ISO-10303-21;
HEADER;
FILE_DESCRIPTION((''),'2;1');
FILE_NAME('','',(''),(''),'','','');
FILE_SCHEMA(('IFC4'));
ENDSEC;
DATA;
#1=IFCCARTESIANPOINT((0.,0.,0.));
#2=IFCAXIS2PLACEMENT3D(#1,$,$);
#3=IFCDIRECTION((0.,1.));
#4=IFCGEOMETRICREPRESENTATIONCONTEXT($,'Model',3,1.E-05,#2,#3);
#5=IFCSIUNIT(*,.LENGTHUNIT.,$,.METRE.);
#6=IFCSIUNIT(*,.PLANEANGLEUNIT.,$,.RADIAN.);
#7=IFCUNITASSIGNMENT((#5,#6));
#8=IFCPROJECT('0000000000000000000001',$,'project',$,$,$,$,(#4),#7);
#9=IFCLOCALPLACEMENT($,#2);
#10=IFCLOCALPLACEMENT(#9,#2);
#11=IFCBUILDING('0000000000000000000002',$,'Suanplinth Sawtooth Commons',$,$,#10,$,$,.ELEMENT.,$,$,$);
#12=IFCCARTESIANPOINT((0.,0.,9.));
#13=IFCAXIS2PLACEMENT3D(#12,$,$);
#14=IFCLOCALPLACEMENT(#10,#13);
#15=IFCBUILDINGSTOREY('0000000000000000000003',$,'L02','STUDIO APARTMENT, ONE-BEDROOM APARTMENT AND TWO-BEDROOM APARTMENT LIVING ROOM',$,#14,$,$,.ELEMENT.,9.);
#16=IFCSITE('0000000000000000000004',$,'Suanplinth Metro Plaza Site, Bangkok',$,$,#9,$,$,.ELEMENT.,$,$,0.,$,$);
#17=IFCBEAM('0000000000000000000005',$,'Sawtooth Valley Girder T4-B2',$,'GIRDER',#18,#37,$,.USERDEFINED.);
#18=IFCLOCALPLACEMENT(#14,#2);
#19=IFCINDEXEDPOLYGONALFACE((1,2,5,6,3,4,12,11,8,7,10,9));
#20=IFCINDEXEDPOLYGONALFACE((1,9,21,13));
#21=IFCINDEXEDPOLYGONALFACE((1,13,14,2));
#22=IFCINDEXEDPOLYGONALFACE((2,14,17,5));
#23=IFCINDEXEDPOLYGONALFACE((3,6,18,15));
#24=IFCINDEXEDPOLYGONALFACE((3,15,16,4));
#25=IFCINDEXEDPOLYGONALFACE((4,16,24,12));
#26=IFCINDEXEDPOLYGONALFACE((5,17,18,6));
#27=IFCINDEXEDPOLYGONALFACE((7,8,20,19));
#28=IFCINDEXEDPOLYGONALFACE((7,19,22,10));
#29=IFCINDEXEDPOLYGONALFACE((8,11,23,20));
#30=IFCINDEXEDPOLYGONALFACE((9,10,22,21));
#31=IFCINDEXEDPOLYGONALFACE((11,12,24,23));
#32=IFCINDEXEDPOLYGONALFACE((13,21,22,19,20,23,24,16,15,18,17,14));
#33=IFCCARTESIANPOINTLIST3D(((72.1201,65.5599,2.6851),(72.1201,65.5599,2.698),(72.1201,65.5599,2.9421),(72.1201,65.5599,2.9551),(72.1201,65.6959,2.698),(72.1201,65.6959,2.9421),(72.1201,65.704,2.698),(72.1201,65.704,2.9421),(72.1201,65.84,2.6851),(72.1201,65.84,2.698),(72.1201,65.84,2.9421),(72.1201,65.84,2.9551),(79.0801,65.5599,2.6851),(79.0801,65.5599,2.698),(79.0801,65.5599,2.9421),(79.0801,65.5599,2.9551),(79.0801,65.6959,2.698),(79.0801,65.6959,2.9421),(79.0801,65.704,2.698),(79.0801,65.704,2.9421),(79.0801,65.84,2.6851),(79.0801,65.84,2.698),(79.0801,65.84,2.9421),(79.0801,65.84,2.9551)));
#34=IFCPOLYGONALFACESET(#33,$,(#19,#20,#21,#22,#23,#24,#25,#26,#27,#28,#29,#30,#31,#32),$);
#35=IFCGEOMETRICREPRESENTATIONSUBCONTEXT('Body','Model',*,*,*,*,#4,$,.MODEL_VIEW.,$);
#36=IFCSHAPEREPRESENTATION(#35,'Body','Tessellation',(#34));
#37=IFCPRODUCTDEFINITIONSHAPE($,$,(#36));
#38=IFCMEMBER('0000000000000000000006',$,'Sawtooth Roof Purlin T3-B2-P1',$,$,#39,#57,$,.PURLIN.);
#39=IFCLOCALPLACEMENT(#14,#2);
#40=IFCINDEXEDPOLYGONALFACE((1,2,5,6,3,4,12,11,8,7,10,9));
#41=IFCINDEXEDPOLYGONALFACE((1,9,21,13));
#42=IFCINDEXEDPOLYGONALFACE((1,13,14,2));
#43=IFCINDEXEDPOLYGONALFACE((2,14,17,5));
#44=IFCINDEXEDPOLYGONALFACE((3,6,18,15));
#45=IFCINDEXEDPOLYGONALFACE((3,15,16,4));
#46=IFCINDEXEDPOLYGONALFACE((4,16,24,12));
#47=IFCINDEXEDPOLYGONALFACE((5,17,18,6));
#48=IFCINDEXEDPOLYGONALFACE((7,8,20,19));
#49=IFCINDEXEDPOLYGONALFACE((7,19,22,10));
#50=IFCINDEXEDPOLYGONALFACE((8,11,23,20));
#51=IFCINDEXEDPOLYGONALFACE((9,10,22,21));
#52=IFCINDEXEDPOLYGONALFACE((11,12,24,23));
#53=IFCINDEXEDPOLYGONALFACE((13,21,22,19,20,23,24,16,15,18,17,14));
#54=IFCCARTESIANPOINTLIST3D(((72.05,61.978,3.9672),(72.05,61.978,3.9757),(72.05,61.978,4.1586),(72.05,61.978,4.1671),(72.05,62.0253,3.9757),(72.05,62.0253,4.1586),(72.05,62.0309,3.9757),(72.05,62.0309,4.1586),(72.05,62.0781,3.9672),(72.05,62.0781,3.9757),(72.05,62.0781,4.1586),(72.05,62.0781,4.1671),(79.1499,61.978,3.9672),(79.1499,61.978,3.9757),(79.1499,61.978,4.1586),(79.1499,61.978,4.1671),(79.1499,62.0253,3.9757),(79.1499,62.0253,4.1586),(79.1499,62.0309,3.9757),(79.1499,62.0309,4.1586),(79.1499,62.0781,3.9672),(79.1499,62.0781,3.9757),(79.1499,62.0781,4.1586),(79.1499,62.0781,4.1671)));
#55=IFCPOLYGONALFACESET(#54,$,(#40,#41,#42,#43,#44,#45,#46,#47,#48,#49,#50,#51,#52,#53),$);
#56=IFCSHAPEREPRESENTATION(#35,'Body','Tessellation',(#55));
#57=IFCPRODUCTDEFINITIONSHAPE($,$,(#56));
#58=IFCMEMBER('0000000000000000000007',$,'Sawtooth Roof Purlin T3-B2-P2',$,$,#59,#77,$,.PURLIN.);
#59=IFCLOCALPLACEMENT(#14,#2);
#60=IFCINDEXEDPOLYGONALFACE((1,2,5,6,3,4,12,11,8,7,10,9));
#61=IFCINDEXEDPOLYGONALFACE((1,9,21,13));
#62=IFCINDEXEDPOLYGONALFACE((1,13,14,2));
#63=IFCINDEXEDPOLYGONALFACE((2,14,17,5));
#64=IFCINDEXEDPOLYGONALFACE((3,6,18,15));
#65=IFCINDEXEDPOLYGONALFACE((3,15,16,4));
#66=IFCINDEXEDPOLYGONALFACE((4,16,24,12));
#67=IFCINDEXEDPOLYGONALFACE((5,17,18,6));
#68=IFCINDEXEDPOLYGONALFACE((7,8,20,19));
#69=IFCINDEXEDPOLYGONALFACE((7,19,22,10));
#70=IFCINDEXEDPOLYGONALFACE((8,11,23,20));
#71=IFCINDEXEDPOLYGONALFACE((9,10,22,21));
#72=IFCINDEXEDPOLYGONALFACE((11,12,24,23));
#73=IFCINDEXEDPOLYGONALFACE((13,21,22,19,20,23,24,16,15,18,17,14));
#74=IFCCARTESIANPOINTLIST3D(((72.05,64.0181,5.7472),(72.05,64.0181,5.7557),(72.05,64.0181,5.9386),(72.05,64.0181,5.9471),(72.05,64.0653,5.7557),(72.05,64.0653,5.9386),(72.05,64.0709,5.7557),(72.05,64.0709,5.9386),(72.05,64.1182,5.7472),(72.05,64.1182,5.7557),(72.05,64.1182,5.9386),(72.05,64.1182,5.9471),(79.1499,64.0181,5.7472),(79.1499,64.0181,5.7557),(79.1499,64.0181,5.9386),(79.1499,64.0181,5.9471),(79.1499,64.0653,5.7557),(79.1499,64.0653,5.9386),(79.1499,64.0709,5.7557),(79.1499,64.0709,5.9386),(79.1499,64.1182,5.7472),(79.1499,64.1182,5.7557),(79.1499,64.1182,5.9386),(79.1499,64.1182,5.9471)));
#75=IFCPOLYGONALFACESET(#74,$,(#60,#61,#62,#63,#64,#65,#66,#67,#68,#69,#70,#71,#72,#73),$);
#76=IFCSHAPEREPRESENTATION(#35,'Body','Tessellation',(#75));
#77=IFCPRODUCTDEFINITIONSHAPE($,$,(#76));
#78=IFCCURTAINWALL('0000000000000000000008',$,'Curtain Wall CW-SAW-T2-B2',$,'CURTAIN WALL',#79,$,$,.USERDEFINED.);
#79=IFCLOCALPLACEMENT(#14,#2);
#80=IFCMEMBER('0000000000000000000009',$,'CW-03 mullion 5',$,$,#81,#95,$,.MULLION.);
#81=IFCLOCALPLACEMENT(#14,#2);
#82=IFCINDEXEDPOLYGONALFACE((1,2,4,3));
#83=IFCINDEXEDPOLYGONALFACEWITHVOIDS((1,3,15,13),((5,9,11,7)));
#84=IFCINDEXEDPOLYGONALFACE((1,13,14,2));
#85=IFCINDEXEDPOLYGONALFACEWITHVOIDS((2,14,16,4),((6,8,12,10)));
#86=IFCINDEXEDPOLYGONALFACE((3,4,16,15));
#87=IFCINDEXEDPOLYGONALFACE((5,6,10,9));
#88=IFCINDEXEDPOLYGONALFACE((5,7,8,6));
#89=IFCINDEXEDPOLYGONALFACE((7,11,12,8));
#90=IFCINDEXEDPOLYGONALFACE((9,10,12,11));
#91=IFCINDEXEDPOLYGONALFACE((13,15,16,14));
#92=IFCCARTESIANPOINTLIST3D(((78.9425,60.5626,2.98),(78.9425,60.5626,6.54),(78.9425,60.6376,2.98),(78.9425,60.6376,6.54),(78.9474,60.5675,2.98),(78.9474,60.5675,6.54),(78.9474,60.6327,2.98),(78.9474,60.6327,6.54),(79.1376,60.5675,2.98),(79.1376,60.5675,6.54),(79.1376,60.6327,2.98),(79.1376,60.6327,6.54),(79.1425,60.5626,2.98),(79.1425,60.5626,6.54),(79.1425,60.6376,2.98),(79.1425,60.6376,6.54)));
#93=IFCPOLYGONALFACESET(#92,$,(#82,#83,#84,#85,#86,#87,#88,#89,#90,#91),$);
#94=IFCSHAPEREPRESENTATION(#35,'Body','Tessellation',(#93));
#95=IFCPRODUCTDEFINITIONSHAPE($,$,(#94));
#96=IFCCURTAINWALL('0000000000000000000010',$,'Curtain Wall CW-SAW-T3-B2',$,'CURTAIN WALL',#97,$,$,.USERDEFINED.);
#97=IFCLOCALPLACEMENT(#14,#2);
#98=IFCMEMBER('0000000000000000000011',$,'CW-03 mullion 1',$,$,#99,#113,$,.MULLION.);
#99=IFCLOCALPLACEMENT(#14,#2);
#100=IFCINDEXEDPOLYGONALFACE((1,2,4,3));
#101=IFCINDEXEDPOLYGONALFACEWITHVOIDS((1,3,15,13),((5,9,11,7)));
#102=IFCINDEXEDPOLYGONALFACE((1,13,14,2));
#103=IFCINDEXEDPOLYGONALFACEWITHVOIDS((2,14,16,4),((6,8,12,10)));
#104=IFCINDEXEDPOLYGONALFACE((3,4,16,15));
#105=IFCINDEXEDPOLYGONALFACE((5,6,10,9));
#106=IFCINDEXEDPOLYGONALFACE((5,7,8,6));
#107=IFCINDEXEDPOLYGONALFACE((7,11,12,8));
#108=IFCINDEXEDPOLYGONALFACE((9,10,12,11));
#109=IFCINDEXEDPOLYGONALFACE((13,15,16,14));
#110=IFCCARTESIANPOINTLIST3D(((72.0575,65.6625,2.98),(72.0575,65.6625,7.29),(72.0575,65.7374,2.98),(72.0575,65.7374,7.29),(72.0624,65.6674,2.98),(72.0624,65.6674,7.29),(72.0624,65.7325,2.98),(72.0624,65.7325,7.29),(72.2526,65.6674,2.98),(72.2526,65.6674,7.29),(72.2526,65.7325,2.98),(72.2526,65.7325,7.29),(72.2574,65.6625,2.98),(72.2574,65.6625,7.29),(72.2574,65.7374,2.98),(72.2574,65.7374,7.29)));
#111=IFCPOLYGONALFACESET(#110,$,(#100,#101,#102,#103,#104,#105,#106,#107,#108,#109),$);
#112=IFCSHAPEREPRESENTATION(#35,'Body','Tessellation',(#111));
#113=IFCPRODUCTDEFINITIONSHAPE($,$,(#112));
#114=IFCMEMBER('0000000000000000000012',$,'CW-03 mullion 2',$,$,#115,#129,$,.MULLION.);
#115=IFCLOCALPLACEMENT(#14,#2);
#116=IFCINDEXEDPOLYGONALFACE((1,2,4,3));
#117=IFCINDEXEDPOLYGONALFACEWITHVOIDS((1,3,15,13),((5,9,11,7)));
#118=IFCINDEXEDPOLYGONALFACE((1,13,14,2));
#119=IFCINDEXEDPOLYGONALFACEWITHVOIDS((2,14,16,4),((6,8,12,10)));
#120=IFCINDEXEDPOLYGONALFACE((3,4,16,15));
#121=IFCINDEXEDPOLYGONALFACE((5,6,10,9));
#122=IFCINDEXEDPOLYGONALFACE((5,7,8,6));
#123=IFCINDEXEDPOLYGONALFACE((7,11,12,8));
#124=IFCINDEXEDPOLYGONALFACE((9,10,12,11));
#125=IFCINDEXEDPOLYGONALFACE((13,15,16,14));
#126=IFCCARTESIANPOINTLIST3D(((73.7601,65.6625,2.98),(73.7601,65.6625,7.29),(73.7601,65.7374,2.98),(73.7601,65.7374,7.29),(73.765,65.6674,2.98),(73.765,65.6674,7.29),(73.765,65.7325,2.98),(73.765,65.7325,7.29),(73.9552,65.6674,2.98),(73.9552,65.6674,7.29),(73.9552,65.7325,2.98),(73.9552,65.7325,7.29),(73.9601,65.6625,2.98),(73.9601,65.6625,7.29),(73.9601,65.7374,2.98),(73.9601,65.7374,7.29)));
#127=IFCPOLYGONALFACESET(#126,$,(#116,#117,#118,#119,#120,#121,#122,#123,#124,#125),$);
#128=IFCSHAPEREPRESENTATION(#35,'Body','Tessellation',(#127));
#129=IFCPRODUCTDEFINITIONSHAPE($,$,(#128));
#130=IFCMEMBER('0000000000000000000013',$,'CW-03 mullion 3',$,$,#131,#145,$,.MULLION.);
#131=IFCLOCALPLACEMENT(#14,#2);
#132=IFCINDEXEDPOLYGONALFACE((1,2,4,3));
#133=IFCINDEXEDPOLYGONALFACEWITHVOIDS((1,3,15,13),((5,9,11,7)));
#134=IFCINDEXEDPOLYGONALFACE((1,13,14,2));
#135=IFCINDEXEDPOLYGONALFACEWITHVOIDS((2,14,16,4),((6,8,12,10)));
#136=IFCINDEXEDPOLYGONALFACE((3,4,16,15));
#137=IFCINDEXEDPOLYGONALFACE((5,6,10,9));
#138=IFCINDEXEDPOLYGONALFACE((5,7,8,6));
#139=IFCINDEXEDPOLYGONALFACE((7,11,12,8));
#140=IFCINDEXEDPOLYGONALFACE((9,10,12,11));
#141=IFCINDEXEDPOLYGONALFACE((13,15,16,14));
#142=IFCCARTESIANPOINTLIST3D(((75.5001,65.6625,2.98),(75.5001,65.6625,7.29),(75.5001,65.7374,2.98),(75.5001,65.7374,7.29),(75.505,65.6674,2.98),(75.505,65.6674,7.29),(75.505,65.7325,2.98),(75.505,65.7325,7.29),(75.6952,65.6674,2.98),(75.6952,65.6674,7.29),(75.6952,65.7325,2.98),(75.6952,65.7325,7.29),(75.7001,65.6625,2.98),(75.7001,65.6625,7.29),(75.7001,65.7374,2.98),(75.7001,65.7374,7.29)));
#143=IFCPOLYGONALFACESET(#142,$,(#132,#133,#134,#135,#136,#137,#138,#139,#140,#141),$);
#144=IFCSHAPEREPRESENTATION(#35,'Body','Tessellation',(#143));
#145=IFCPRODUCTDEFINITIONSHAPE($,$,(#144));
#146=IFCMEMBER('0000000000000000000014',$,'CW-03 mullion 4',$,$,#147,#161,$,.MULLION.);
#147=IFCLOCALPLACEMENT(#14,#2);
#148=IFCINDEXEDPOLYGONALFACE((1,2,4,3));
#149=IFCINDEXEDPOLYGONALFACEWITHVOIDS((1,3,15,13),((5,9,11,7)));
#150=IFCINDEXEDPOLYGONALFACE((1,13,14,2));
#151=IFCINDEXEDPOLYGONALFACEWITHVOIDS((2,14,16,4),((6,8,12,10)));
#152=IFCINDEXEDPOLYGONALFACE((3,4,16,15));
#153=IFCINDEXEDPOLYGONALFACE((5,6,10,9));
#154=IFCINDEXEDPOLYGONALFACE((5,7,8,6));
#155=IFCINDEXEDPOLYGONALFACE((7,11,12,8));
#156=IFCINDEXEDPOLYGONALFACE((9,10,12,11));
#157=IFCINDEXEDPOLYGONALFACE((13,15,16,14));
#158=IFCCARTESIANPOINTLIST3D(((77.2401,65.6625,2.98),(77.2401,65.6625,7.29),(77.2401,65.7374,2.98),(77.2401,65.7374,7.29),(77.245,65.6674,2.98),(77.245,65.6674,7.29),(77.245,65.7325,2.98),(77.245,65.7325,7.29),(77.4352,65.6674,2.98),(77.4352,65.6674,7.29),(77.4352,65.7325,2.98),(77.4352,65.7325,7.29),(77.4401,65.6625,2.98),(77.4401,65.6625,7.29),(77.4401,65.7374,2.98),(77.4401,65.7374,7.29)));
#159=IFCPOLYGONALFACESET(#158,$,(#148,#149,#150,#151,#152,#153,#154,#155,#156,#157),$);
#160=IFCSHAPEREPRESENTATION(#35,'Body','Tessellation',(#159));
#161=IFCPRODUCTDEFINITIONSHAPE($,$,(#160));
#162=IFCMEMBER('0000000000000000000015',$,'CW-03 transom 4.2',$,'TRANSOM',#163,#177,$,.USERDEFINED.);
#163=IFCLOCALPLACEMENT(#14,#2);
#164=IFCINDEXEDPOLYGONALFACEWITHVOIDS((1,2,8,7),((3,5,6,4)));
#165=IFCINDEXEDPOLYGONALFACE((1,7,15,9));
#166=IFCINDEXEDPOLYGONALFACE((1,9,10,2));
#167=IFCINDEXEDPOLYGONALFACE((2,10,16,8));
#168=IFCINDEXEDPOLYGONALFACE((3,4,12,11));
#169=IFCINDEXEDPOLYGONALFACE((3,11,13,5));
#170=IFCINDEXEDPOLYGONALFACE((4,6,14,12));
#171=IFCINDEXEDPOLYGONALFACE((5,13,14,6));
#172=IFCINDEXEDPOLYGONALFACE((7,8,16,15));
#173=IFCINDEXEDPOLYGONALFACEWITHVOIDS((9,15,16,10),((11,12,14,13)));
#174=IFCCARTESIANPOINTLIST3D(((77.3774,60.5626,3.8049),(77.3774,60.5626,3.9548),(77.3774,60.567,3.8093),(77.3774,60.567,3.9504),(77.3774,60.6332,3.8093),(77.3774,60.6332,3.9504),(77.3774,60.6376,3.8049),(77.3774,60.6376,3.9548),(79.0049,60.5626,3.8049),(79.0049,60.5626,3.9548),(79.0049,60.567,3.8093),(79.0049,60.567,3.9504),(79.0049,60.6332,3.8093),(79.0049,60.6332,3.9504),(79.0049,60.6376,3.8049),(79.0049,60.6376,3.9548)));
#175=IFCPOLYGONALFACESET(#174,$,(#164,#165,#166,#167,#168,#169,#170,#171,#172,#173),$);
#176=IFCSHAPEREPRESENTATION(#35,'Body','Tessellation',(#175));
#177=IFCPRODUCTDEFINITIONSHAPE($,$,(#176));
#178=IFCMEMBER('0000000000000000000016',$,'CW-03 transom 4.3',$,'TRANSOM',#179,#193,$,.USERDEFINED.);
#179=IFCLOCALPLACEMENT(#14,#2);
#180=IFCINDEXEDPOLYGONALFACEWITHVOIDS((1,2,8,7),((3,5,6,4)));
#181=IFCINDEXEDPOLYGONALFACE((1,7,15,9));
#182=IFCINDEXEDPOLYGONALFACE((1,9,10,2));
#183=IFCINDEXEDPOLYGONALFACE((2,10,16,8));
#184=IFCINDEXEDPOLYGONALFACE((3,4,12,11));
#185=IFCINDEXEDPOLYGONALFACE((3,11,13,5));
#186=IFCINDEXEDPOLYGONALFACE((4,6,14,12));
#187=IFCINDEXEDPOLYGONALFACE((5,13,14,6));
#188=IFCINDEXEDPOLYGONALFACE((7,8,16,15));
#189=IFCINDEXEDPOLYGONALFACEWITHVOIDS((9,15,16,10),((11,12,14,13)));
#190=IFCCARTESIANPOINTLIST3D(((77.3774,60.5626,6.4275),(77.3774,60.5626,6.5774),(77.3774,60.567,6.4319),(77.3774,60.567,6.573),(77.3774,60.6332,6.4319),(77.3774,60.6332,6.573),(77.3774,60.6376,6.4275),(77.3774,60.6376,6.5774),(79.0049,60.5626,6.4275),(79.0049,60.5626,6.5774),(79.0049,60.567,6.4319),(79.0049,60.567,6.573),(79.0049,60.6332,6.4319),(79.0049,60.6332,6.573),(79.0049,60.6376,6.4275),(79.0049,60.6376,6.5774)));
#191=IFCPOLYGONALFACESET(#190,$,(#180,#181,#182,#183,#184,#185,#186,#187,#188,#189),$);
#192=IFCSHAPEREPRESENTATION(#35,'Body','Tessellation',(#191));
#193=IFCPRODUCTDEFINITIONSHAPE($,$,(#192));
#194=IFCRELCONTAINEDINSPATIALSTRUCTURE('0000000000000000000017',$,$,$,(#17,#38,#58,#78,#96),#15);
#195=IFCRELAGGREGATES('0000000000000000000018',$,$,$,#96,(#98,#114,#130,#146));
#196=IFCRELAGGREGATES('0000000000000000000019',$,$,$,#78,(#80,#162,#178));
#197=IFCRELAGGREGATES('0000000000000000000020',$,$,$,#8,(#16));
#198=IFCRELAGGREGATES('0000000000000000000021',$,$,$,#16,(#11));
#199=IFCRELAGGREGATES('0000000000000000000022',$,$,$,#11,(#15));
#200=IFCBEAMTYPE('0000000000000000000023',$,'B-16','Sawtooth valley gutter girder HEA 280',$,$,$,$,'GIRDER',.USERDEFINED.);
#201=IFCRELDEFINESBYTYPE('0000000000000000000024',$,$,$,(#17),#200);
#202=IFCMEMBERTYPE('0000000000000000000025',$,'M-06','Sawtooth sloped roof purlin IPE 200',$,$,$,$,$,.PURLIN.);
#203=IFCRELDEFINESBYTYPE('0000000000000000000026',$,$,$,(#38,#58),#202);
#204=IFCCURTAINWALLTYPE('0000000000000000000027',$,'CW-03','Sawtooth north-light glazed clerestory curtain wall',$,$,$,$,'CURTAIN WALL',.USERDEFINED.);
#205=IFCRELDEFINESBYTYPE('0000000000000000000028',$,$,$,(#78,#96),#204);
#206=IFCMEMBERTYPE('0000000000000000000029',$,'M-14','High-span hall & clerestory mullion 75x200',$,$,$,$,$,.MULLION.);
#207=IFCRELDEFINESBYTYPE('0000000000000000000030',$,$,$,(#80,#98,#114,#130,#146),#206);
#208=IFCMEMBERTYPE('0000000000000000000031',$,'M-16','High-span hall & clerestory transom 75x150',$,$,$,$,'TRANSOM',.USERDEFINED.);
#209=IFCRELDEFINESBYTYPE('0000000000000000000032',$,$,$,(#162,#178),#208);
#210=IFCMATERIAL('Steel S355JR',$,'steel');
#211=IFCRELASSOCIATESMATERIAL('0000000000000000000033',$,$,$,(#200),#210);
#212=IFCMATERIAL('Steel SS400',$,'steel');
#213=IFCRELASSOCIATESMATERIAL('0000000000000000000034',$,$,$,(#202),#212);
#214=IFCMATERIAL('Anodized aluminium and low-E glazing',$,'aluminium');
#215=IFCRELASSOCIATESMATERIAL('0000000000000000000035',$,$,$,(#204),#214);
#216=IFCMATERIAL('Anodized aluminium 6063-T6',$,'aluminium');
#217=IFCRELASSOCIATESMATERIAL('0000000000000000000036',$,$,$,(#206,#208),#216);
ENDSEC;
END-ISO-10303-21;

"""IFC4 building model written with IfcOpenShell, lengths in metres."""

from ifc_helpers import new_model, si_unit, direction, frame, origin, origin_2d, place, context, subcontext, project, spatial, hollow_rectangle, i_section, extrude, material, material_profile, profile_set, type_object, element, aggregate, save


model = new_model("IFC4")

# Units and contexts
model_context = context("Model", 3, precision=1e-05, world=origin(), true_north=direction((0.0, 1.0)))
body_context = subcontext(model_context, "Body", "Model", "MODEL_VIEW")
ifc_project = project(units=[si_unit("LENGTHUNIT", "METRE"), si_unit("PLANEANGLEUNIT", "RADIAN")], contexts=[model_context])

# Site, building, storey
site_placement = place(None, origin())
site = spatial("IfcSite", under=ifc_project, at=site_placement, Name="Suanplinth Metro Plaza Site, Bangkok", CompositionType="ELEMENT", RefElevation=0.0)
building_placement = place(site_placement, origin())
building = spatial("IfcBuilding", under=site, at=building_placement, Name="Suanplinth Sawtooth Commons", CompositionType="ELEMENT")
storey_placement = place(building_placement, frame((0.0, 0.0, 9.0)))
storey = spatial("IfcBuildingStorey", under=building, at=storey_placement, Name="L02", Description="STUDIO APARTMENT, ONE-BEDROOM APARTMENT AND TWO-BEDROOM APARTMENT LIVING ROOM", CompositionType="ELEMENT", Elevation=9.0)

# Beam
ifc_material_1 = material(Name="Steel S355JR", Category="steel")
ifc_material_profile_1 = material_profile(ifc_material_1, i_section(OverallWidth=0.28, OverallDepth=0.27, WebThickness=0.0081, FlangeThickness=0.0129, at=origin_2d()), Name="HEA 280")
ifc_profile_set_1 = profile_set([ifc_material_profile_1], Name="Steel S355JR")
beam_type = type_object("IfcBeamType", Name="B-16", Description="Sawtooth valley gutter girder HEA 280", ElementType="GIRDER", PredefinedType="USERDEFINED", material=ifc_profile_set_1)
beam_placement = place(storey_placement, frame((72.1201, 65.7, 2.8201), z_axis=(1.0, 0.0, 0.0), x_axis=(0.0, 1.0, 0.0)))
element("IfcBeam", 1, at=beam_placement, inside=storey, type_object=beam_type, Name="Sawtooth Valley Girder T4-B2", ObjectType="GIRDER", PredefinedType="USERDEFINED", context=body_context, shape_type="SweptSolid", body=[
    extrude(i_section(OverallWidth=0.28, OverallDepth=0.27, WebThickness=0.0081, FlangeThickness=0.0129, at=origin_2d()), origin(), (0.0, 0.0, 1.0), 6.96),
])

# Members
ifc_material_2 = material(Name="Steel SS400", Category="steel")
ifc_material_profile_2 = material_profile(ifc_material_2, i_section(OverallWidth=0.1001, OverallDepth=0.2, WebThickness=0.0056, FlangeThickness=0.0085, at=origin_2d()), Name="IPE 200")
ifc_profile_set_2 = profile_set([ifc_material_profile_2], Name="Steel SS400")
member_type_1 = type_object("IfcMemberType", Name="M-06", Description="Sawtooth sloped roof purlin IPE 200", PredefinedType="PURLIN", material=ifc_profile_set_2)
for number, where, z_axis, x_axis, name in (
    (2, (72.05, 62.0281, 4.0671), (1.0, 0.0, 0.0), (0.0, 1.0, 0.0), "Sawtooth Roof Purlin T3-B2-P1"),
    (3, (72.05, 64.0681, 5.8472), (1.0, 0.0, 0.0), (0.0, 1.0, 0.0), "Sawtooth Roof Purlin T3-B2-P2"),
):
    element("IfcMember", number, at=place(storey_placement, frame(where, z_axis=z_axis, x_axis=x_axis)), inside=storey, type_object=member_type_1, Name=name, PredefinedType="PURLIN", context=body_context, shape_type="SweptSolid", body=[
        extrude(i_section(OverallWidth=0.1001, OverallDepth=0.2, WebThickness=0.0056, FlangeThickness=0.0085, at=origin_2d()), origin(), (0.0, 0.0, 1.0), 7.0999),
    ])

# Curtain wall, member
ifc_material_3 = material(Name="Anodized aluminium and low-E glazing", Category="aluminium")
curtain_wall_type = type_object("IfcCurtainWallType", Name="CW-03", Description="Sawtooth north-light glazed clerestory curtain wall", ElementType="CURTAIN WALL", PredefinedType="USERDEFINED", material=ifc_material_3)
curtain_wall_1_placement = place(storey_placement, origin())
curtain_wall_1 = element("IfcCurtainWall", 4, at=curtain_wall_1_placement, inside=storey, type_object=curtain_wall_type, Name="Curtain Wall CW-SAW-T2-B2", ObjectType="CURTAIN WALL", PredefinedType="USERDEFINED")
ifc_material_4 = material(Name="Anodized aluminium 6063-T6", Category="aluminium")
ifc_material_profile_3 = material_profile(ifc_material_4, hollow_rectangle(XDim=0.075, YDim=0.2, WallThickness=0.0049, at=origin_2d()), Name="ALU-MUL 75x200")
ifc_profile_set_3 = profile_set([ifc_material_profile_3], Name="Anodized aluminium 6063-T6")
member_type_2 = type_object("IfcMemberType", Name="M-14", Description="High-span hall & clerestory mullion 75x200", PredefinedType="MULLION", material=ifc_profile_set_3)
member_1_placement = place(storey_placement, frame((79.0425, 60.6001, 2.98), z_axis=(0.0, 0.0, 1.0), x_axis=(0.0, 1.0, 0.0)))
member_1 = element("IfcMember", 5, at=member_1_placement, type_object=member_type_2, Name="CW-03 mullion 5", PredefinedType="MULLION", context=body_context, shape_type="SweptSolid", body=[
    extrude(hollow_rectangle(XDim=0.075, YDim=0.2, WallThickness=0.0049, at=origin_2d()), origin(), (0.0, 0.0, 1.0), 3.5601),
])

# Curtain wall, members
curtain_wall_2_placement = place(storey_placement, origin())
curtain_wall_2 = element("IfcCurtainWall", 6, at=curtain_wall_2_placement, inside=storey, type_object=curtain_wall_type, Name="Curtain Wall CW-SAW-T3-B2", ObjectType="CURTAIN WALL", PredefinedType="USERDEFINED")
member_2_placement = place(storey_placement, frame((72.1575, 65.7, 2.98), z_axis=(0.0, 0.0, 1.0), x_axis=(0.0, 1.0, 0.0)))
member_2 = element("IfcMember", 7, at=member_2_placement, type_object=member_type_2, Name="CW-03 mullion 1", PredefinedType="MULLION", context=body_context, shape_type="SweptSolid", body=[
    extrude(hollow_rectangle(XDim=0.075, YDim=0.2, WallThickness=0.0049, at=origin_2d()), origin(), (0.0, 0.0, 1.0), 4.3101),
])
member_3_placement = place(storey_placement, frame((73.8601, 65.7, 2.98), z_axis=(0.0, 0.0, 1.0), x_axis=(0.0, 1.0, 0.0)))
member_3 = element("IfcMember", 8, at=member_3_placement, type_object=member_type_2, Name="CW-03 mullion 2", PredefinedType="MULLION", context=body_context, shape_type="SweptSolid", body=[
    extrude(hollow_rectangle(XDim=0.075, YDim=0.2, WallThickness=0.0049, at=origin_2d()), origin(), (0.0, 0.0, 1.0), 4.3101),
])
member_4_placement = place(storey_placement, frame((75.6001, 65.7, 2.98), z_axis=(0.0, 0.0, 1.0), x_axis=(0.0, 1.0, 0.0)))
member_4 = element("IfcMember", 9, at=member_4_placement, type_object=member_type_2, Name="CW-03 mullion 3", PredefinedType="MULLION", context=body_context, shape_type="SweptSolid", body=[
    extrude(hollow_rectangle(XDim=0.075, YDim=0.2, WallThickness=0.0049, at=origin_2d()), origin(), (0.0, 0.0, 1.0), 4.3101),
])
member_5_placement = place(storey_placement, frame((77.3401, 65.7, 2.98), z_axis=(0.0, 0.0, 1.0), x_axis=(0.0, 1.0, 0.0)))
member_5 = element("IfcMember", 10, at=member_5_placement, type_object=member_type_2, Name="CW-03 mullion 4", PredefinedType="MULLION", context=body_context, shape_type="SweptSolid", body=[
    extrude(hollow_rectangle(XDim=0.075, YDim=0.2, WallThickness=0.0049, at=origin_2d()), origin(), (0.0, 0.0, 1.0), 4.3101),
])

# Members
ifc_material_profile_4 = material_profile(ifc_material_4, hollow_rectangle(XDim=0.075, YDim=0.1499, WallThickness=0.0044, at=origin_2d()), Name="ALU-TRN 75x150")
ifc_profile_set_4 = profile_set([ifc_material_profile_4], Name="Anodized aluminium 6063-T6")
member_type_3 = type_object("IfcMemberType", Name="M-16", Description="High-span hall & clerestory transom 75x150", ElementType="TRANSOM", PredefinedType="USERDEFINED", material=ifc_profile_set_4)
member_6_placement = place(storey_placement, frame((77.3774, 60.6001, 3.8799), z_axis=(1.0, 0.0, 0.0), x_axis=(0.0, 1.0, 0.0)))
member_6 = element("IfcMember", 11, at=member_6_placement, type_object=member_type_3, Name="CW-03 transom 4.2", ObjectType="TRANSOM", PredefinedType="USERDEFINED", context=body_context, shape_type="SweptSolid", body=[
    extrude(hollow_rectangle(XDim=0.075, YDim=0.1499, WallThickness=0.0044, at=origin_2d()), origin(), (0.0, 0.0, 1.0), 1.6274),
])
member_7_placement = place(storey_placement, frame((77.3774, 60.6001, 6.5024), z_axis=(1.0, 0.0, 0.0), x_axis=(0.0, 1.0, 0.0)))
member_7 = element("IfcMember", 12, at=member_7_placement, type_object=member_type_3, Name="CW-03 transom 4.3", ObjectType="TRANSOM", PredefinedType="USERDEFINED", context=body_context, shape_type="SweptSolid", body=[
    extrude(hollow_rectangle(XDim=0.075, YDim=0.1499, WallThickness=0.0044, at=origin_2d()), origin(), (0.0, 0.0, 1.0), 1.6274),
])

aggregate(curtain_wall_2, [member_2, member_3, member_4, member_5])
aggregate(curtain_wall_1, [member_1, member_6, member_7])

save(model, "model.ifc")
